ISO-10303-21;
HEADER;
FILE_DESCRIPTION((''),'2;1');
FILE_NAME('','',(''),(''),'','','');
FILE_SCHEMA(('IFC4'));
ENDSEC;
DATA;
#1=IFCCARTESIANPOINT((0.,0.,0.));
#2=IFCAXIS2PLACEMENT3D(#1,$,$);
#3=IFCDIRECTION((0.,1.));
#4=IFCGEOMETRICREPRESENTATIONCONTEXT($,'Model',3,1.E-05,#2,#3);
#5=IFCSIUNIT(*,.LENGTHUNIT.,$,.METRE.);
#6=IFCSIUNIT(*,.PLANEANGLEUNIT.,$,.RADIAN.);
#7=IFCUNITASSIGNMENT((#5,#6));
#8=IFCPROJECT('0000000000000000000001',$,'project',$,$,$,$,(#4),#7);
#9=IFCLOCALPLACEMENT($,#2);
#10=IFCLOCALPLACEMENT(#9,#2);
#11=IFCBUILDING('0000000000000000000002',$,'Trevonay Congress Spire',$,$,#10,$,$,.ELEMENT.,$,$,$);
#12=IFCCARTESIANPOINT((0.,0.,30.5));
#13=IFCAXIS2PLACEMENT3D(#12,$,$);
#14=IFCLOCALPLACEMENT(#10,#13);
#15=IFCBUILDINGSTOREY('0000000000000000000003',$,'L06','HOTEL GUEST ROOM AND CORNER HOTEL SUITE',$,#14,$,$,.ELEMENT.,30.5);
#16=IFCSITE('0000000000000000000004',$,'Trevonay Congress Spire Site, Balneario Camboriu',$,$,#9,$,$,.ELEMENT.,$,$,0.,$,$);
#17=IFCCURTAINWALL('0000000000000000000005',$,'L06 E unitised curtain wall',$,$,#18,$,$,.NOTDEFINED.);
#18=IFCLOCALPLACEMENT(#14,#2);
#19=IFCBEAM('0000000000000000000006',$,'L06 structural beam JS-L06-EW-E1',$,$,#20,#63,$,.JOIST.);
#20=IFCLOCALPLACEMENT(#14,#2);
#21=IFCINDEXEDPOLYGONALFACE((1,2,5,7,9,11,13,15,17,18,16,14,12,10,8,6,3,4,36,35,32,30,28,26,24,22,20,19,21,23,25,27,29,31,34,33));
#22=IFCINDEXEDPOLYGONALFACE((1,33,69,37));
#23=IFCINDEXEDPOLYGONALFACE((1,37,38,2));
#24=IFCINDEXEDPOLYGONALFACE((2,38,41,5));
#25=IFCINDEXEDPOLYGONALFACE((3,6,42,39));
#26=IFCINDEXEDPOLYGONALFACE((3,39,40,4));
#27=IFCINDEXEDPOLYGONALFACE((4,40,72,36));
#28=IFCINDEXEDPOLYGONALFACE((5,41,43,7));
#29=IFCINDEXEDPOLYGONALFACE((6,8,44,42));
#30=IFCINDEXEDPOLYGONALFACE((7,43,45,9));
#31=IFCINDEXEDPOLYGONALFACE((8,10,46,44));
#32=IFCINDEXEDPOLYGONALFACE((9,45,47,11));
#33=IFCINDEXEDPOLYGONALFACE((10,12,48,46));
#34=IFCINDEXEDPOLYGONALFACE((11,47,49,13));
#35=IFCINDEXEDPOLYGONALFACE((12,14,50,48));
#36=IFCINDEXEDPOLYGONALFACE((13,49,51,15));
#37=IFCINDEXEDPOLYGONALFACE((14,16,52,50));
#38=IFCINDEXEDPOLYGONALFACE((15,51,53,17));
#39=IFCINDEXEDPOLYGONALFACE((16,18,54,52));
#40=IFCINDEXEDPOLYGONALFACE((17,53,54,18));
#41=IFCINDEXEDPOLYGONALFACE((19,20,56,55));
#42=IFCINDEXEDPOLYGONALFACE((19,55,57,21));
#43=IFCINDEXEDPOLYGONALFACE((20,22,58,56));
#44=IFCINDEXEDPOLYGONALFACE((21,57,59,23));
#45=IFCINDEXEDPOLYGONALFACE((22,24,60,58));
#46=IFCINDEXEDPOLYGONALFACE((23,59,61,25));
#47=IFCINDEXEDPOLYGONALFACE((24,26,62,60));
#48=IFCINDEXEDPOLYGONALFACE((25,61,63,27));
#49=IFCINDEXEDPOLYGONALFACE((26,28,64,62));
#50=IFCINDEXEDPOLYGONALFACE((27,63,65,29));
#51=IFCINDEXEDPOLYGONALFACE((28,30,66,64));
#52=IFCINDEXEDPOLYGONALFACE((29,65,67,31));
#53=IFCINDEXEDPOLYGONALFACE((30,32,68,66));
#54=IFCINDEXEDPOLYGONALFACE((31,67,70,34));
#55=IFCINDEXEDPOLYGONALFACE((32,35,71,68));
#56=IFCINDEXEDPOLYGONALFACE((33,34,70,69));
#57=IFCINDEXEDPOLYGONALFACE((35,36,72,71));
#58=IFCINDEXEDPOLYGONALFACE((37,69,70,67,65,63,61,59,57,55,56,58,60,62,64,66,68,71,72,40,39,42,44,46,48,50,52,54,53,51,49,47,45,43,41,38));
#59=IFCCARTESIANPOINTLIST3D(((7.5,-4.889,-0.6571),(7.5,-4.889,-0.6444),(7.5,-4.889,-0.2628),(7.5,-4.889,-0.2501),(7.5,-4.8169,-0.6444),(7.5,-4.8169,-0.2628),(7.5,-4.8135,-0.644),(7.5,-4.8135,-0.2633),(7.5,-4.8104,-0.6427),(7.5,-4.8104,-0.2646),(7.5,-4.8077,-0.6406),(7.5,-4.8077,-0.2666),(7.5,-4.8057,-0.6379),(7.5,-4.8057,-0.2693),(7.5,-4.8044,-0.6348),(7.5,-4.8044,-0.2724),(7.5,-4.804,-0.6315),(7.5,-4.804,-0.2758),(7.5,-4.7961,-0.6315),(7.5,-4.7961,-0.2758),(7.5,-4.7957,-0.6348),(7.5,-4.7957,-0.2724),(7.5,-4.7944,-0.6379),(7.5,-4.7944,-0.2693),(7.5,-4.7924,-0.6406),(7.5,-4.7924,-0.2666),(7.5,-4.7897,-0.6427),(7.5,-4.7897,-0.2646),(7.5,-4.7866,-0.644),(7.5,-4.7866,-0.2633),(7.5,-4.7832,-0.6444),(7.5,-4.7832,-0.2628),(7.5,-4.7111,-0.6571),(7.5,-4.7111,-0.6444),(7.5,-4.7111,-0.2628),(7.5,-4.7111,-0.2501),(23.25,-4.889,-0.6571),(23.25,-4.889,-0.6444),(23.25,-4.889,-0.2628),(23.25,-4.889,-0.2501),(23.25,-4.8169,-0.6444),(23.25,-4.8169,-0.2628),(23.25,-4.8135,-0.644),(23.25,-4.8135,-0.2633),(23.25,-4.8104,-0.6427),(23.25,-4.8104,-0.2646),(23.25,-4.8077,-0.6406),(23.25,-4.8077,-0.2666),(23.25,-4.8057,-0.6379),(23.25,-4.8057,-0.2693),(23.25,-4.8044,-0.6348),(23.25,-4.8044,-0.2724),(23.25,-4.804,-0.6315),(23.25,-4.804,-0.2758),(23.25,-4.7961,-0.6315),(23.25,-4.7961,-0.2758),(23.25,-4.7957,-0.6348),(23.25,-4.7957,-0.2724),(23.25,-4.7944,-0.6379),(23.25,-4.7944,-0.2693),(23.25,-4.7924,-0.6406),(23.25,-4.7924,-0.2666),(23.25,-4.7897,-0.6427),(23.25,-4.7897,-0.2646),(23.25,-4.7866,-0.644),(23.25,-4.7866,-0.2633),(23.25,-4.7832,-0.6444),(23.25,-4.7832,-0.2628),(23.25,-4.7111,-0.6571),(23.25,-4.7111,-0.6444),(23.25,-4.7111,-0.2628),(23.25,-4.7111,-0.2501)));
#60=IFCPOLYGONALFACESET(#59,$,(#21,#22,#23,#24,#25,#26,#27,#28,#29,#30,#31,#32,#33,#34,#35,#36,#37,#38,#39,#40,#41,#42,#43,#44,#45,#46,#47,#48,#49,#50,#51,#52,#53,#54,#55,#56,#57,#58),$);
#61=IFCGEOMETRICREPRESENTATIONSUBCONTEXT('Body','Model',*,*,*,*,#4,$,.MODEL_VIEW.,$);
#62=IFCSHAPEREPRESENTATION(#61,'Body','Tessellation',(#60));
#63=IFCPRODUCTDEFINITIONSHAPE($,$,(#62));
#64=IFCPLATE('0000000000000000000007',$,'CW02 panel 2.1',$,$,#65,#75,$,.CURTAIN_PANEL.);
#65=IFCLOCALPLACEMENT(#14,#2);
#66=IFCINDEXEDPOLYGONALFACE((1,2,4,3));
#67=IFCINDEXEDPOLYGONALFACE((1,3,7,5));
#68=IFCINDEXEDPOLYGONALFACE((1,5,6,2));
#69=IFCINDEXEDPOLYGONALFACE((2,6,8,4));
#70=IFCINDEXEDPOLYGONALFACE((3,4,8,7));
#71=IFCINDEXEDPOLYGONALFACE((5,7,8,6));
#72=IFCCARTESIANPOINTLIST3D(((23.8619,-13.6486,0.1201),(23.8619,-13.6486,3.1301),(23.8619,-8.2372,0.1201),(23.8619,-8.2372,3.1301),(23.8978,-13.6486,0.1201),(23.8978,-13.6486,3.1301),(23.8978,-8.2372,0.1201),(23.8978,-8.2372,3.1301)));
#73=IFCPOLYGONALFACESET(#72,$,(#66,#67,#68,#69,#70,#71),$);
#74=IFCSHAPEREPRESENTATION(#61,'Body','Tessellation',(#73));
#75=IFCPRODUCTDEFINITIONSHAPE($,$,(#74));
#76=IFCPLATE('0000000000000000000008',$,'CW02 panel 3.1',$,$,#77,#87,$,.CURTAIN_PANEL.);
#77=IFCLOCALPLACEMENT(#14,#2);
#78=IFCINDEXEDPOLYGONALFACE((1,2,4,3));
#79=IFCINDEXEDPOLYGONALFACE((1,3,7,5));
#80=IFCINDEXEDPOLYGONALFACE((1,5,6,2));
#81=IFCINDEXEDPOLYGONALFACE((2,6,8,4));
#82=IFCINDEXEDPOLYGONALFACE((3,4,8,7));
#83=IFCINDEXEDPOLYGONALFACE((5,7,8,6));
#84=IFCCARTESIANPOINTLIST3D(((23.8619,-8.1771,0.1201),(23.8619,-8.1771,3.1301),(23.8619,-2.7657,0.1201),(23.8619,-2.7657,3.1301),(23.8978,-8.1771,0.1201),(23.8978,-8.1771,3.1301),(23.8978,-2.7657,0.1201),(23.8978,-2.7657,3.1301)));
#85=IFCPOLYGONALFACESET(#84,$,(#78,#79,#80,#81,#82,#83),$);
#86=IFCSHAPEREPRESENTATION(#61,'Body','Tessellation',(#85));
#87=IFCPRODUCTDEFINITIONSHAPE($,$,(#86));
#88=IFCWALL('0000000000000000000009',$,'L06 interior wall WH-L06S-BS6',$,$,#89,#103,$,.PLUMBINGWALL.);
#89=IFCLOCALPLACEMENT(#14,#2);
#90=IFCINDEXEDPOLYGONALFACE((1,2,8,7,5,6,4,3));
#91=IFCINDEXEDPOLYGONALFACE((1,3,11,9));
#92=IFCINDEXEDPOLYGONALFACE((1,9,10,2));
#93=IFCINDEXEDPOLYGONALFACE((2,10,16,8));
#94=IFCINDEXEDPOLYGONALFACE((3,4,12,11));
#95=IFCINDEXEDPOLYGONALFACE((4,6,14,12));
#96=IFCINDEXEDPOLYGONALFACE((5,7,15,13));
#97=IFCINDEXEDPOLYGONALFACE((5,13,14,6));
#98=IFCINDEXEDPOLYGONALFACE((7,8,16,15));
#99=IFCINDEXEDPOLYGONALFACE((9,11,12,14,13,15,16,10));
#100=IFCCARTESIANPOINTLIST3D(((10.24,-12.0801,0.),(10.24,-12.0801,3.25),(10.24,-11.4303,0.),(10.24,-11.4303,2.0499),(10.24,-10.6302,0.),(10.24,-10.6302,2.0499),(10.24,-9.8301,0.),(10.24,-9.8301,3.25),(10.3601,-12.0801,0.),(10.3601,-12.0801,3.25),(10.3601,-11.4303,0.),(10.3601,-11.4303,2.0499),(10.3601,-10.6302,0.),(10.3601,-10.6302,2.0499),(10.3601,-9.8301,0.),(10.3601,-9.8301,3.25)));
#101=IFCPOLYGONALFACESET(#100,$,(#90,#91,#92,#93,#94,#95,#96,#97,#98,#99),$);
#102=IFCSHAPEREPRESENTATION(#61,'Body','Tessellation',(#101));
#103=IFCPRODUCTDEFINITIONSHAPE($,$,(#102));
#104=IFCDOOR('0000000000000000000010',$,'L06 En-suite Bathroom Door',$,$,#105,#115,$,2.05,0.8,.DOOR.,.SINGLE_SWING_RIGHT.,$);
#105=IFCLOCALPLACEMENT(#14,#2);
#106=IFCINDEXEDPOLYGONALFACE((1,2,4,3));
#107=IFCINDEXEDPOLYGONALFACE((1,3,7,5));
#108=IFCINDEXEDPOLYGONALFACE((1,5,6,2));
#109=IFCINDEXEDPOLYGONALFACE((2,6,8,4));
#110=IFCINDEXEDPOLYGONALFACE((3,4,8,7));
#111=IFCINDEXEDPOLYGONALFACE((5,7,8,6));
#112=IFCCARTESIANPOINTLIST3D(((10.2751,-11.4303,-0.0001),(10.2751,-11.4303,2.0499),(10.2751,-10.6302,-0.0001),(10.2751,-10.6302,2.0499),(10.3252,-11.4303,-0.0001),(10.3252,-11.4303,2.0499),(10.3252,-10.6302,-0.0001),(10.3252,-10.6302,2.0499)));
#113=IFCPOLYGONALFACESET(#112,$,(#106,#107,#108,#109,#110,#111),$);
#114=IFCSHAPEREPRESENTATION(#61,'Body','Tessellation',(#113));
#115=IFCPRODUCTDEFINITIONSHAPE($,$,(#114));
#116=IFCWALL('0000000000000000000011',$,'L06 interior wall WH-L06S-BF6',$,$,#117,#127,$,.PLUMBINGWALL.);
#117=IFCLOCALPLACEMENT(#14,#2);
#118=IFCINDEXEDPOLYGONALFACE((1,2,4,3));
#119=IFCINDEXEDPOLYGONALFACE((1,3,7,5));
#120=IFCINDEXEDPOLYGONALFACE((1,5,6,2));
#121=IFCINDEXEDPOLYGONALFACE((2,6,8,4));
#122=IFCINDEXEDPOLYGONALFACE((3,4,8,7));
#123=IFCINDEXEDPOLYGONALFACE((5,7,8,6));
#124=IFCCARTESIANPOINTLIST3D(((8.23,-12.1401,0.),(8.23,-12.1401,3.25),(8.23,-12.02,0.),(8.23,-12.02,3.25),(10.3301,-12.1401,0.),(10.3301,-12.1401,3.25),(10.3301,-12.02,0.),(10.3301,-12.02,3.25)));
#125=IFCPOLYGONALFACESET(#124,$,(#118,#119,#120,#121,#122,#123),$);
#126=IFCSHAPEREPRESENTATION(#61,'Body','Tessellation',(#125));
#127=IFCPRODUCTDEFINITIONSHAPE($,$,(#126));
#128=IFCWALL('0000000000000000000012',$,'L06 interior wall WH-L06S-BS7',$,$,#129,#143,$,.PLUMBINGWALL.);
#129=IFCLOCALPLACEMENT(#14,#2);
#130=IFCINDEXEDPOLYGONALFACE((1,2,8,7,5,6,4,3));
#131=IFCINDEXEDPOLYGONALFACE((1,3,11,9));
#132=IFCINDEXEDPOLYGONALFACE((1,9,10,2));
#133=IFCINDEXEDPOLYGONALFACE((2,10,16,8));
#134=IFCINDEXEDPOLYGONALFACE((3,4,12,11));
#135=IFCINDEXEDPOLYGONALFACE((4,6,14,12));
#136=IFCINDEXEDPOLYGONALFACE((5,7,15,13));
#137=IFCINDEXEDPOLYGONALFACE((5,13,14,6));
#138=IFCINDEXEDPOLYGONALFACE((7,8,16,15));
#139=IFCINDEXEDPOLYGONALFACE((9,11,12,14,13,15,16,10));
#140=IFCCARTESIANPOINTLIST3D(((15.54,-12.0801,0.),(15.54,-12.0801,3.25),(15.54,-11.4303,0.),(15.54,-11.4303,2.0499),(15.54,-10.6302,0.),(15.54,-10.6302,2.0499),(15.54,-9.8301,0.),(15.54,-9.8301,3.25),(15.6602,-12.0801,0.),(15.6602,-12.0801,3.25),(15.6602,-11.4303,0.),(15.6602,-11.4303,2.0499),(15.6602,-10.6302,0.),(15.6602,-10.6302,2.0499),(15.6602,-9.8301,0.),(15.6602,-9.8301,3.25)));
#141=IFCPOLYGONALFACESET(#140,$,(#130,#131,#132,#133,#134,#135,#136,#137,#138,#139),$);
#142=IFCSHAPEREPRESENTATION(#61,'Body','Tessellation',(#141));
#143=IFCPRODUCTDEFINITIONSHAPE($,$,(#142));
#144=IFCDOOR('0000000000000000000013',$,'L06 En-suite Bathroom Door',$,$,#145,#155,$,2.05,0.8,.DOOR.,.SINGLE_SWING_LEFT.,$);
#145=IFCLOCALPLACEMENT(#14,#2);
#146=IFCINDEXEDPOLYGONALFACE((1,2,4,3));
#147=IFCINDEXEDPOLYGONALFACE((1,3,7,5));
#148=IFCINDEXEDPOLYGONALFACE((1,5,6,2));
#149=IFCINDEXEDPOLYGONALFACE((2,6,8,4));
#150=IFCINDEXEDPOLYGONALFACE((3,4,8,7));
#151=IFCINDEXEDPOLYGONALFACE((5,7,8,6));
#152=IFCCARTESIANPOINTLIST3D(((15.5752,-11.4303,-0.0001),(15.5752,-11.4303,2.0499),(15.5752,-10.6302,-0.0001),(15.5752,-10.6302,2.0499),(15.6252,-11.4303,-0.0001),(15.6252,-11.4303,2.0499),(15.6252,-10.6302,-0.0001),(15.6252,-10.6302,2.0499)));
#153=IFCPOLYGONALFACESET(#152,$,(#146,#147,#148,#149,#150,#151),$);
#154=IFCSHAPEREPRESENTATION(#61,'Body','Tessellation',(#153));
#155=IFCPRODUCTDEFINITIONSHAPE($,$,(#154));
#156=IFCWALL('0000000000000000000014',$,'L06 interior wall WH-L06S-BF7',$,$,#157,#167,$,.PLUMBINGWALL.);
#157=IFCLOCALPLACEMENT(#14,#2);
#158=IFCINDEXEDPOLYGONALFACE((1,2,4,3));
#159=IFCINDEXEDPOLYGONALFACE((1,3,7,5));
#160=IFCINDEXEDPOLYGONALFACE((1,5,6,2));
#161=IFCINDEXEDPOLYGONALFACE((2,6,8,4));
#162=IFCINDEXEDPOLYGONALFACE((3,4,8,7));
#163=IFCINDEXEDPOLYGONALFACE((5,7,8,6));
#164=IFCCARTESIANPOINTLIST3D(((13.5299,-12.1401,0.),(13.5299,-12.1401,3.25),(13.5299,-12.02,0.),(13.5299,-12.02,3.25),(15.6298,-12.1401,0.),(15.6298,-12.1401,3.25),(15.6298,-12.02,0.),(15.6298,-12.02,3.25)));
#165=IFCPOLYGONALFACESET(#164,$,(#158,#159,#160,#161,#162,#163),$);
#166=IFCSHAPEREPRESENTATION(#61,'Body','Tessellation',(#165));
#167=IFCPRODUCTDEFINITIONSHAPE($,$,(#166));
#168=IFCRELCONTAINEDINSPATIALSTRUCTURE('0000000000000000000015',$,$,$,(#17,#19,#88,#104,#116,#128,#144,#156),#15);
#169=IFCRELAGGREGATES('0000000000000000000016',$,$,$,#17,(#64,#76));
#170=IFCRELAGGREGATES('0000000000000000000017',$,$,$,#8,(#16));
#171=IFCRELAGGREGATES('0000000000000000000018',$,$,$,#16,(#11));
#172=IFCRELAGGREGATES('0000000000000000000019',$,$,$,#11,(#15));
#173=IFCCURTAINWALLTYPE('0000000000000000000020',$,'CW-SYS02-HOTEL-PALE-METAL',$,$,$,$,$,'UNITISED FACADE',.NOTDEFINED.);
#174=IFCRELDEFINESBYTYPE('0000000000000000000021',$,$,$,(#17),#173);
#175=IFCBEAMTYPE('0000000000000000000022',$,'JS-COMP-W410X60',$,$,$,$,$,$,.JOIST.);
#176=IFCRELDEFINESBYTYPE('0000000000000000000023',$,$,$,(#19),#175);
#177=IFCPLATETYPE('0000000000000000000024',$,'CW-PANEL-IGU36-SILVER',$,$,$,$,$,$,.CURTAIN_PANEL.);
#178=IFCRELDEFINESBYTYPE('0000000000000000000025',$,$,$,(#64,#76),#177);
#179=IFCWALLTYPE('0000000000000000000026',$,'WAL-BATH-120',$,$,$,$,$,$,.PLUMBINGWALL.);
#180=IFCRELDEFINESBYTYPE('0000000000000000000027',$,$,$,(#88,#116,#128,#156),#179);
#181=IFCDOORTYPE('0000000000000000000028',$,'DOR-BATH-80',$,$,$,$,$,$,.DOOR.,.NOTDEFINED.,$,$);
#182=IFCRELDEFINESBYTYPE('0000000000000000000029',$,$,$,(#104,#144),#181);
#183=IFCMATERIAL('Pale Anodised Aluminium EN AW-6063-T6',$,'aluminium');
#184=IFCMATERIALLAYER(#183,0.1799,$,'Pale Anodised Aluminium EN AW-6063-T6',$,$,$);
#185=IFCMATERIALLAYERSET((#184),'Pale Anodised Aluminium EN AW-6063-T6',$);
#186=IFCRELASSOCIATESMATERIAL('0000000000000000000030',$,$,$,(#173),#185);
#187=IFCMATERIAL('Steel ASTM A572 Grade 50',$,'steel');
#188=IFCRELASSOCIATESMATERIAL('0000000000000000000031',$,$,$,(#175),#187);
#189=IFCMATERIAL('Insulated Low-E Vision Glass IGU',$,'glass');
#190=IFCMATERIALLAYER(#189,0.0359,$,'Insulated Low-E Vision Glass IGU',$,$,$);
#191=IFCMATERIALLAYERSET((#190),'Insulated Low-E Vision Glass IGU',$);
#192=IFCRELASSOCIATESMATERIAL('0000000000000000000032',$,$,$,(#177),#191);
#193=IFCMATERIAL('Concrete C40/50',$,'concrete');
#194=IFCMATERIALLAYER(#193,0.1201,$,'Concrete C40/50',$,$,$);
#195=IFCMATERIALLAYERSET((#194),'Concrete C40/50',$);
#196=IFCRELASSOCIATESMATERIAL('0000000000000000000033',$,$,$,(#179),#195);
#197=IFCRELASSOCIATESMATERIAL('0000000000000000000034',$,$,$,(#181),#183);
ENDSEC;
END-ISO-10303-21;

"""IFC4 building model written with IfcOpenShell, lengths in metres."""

from ifc_helpers import new_model, si_unit, direction, frame, frame_2d, origin, origin_2d, place, context, subcontext, project, spatial, rectangle, i_section, extrude, material, layer, layer_set, material_profile, profile_set, type_object, element, fill, aggregate, save


model = new_model("IFC4")

# Units and contexts
model_context = context("Model", 3, precision=1e-05, world=origin(), true_north=direction((0.0, 1.0)))
body_context = subcontext(model_context, "Body", "Model", "MODEL_VIEW")
ifc_project = project(units=[si_unit("LENGTHUNIT", "METRE"), si_unit("PLANEANGLEUNIT", "RADIAN")], contexts=[model_context])

# Site, building, storey
site_placement = place(None, origin())
site = spatial("IfcSite", under=ifc_project, at=site_placement, Name="Trevonay Congress Spire Site, Balneario Camboriu", CompositionType="ELEMENT", RefElevation=0.0)
building_placement = place(site_placement, origin())
building = spatial("IfcBuilding", under=site, at=building_placement, Name="Trevonay Congress Spire", CompositionType="ELEMENT")
storey_placement = place(building_placement, frame((0.0, 0.0, 30.5)))
storey = spatial("IfcBuildingStorey", under=building, at=storey_placement, Name="L06", Description="HOTEL GUEST ROOM AND CORNER HOTEL SUITE", CompositionType="ELEMENT", Elevation=30.5)

# Shared definitions
ifc_material_1 = material(Name="Steel ASTM A572 Grade 50", Category="steel")

# Curtain wall
ifc_material_2 = material(Name="Pale Anodised Aluminium EN AW-6063-T6", Category="aluminium")
ifc_layer_1 = layer(ifc_material_2, 0.1799, Name="Pale Anodised Aluminium EN AW-6063-T6")
ifc_layer_set_1 = layer_set([ifc_layer_1], Name="Pale Anodised Aluminium EN AW-6063-T6")
curtain_wall_type = type_object("IfcCurtainWallType", Name="CW-SYS02-HOTEL-PALE-METAL", ElementType="UNITISED FACADE", PredefinedType="NOTDEFINED", material=ifc_layer_set_1)
curtain_wall_placement = place(storey_placement, origin())
curtain_wall = element("IfcCurtainWall", 1, at=curtain_wall_placement, inside=storey, type_object=curtain_wall_type, Name="L06 E unitised curtain wall", PredefinedType="NOTDEFINED")

# Beam
ifc_material_profile_1 = material_profile(ifc_material_1, i_section(OverallWidth=0.178, OverallDepth=0.407, WebThickness=0.0078, FlangeThickness=0.0127, FilletRadius=0.0129, at=origin_2d()), Name="W410x60")
ifc_profile_set_1 = profile_set([ifc_material_profile_1], Name="Steel ASTM A572 Grade 50")
beam_type_1 = type_object("IfcBeamType", Name="JS-COMP-W410X60", PredefinedType="JOIST", material=ifc_profile_set_1)
beam_1_placement = place(storey_placement, frame((7.5, -4.8, -0.4536), z_axis=(1.0, 0.0, 0.0), x_axis=(0.0, 1.0, 0.0)))
element("IfcBeam", 2, at=beam_1_placement, inside=storey, type_object=beam_type_1, Name="L06 structural beam JS-L06-EW-E1", PredefinedType="JOIST", context=body_context, shape_type="SweptSolid", body=[
    extrude(i_section(OverallWidth=0.178, OverallDepth=0.407, WebThickness=0.0078, FlangeThickness=0.0127, FilletRadius=0.0129, at=origin_2d()), origin(), (0.0, 0.0, 1.0), 15.75),
])

# Plates
ifc_material_3 = material(Name="Insulated Low-E Vision Glass IGU", Category="glass")
ifc_layer_2 = layer(ifc_material_3, 0.0359, Name="Insulated Low-E Vision Glass IGU")
ifc_layer_set_2 = layer_set([ifc_layer_2], Name="Insulated Low-E Vision Glass IGU")
plate_type = type_object("IfcPlateType", Name="CW-PANEL-IGU36-SILVER", PredefinedType="CURTAIN_PANEL", material=ifc_layer_set_2)
plate_1_placement = place(storey_placement, frame((23.8799, -10.9429, 0.1201), z_axis=(0.0, 0.0, 1.0), x_axis=(0.0, 1.0, 0.0)))
plate_1 = element("IfcPlate", 3, at=plate_1_placement, type_object=plate_type, Name="CW02 panel 2.1", PredefinedType="CURTAIN_PANEL", context=body_context, shape_type="SweptSolid", body=[
    extrude(rectangle(XDim=5.4114, YDim=0.0359, at=origin_2d()), origin(), (0.0, 0.0, 1.0), 3.01),
])
plate_2_placement = place(storey_placement, frame((23.8799, -5.4714, 0.1201), z_axis=(0.0, 0.0, 1.0), x_axis=(0.0, 1.0, 0.0)))
plate_2 = element("IfcPlate", 4, at=plate_2_placement, type_object=plate_type, Name="CW02 panel 3.1", PredefinedType="CURTAIN_PANEL", context=body_context, shape_type="SweptSolid", body=[
    extrude(rectangle(XDim=5.4114, YDim=0.0359, at=origin_2d()), origin(), (0.0, 0.0, 1.0), 3.01),
])
aggregate(curtain_wall, [plate_1, plate_2])

# Wall, opening, door
ifc_material_4 = material(Name="Concrete C40/50", Category="concrete")
ifc_layer_3 = layer(ifc_material_4, 0.1201, Name="Concrete C40/50")
ifc_layer_set_3 = layer_set([ifc_layer_3], Name="Concrete C40/50")
wall_type_1 = type_object("IfcWallType", Name="WAL-BATH-120", PredefinedType="PLUMBINGWALL", material=ifc_layer_set_3)
wall_1_placement = place(storey_placement, frame((10.3, -12.0801, 0.0), z_axis=(0.0, 0.0, 1.0), x_axis=(0.0, 1.0, 0.0)))
wall_1 = element("IfcWall", 5, at=wall_1_placement, inside=storey, type_object=wall_type_1, Name="L06 interior wall WH-L06S-BS6", PredefinedType="PLUMBINGWALL", context=body_context, shape_type="SweptSolid", body=[
    extrude(rectangle(XDim=2.25, YDim=0.1201, at=frame_2d((1.125, 0.0))), origin(), (0.0, 0.0, 1.0), 3.25),
])
opening_1_placement = place(wall_1_placement, frame((0.6499, 0.0, 0.0)))
opening_1 = element("IfcOpeningElement", 6, at=opening_1_placement, cuts=wall_1, PredefinedType="OPENING", context=body_context, shape_type="SweptSolid", body=[
    extrude(rectangle(XDim=0.8, YDim=2.05, at=frame_2d((0.3999, 1.0249))), frame((0.0, 0.0701, 0.0), z_axis=(0.0, -1.0, 0.0), x_axis=(1.0, 0.0, 0.0)), (0.0, 0.0, 1.0), 0.1401),
])
door_type_1 = type_object("IfcDoorType", Name="DOR-BATH-80", OperationType="NOTDEFINED", PredefinedType="DOOR", material=ifc_material_2)
door_1_placement = place(opening_1_placement, origin())
door_1 = element("IfcDoor", 7, at=door_1_placement, inside=storey, type_object=door_type_1, Name="L06 En-suite Bathroom Door", OperationType="SINGLE_SWING_RIGHT", OverallHeight=2.05, OverallWidth=0.8, PredefinedType="DOOR", context=body_context, shape_type="SweptSolid", body=[
    extrude(rectangle(XDim=0.8, YDim=2.05, at=frame_2d((0.3999, 1.0249))), frame((0.0, 0.0249, 0.0), z_axis=(0.0, -1.0, 0.0), x_axis=(1.0, 0.0, 0.0)), (0.0, 0.0, 1.0), 0.05),
])
fill(opening_1, door_1)

# Wall
wall_2_placement = place(storey_placement, frame((8.23, -12.0801, 0.0), z_axis=(0.0, 0.0, 1.0), x_axis=(1.0, 0.0, 0.0)))
element("IfcWall", 8, at=wall_2_placement, inside=storey, type_object=wall_type_1, Name="L06 interior wall WH-L06S-BF6", PredefinedType="PLUMBINGWALL", context=body_context, shape_type="SweptSolid", body=[
    extrude(rectangle(XDim=2.1001, YDim=0.1201, at=frame_2d((1.05, 0.0))), origin(), (0.0, 0.0, 1.0), 3.25),
])

# Wall, opening, door
wall_3_placement = place(storey_placement, frame((15.6001, -12.0801, 0.0), z_axis=(0.0, 0.0, 1.0), x_axis=(0.0, 1.0, 0.0)))
wall_3 = element("IfcWall", 9, at=wall_3_placement, inside=storey, type_object=wall_type_1, Name="L06 interior wall WH-L06S-BS7", PredefinedType="PLUMBINGWALL", context=body_context, shape_type="SweptSolid", body=[
    extrude(rectangle(XDim=2.25, YDim=0.1201, at=frame_2d((1.125, 0.0))), origin(), (0.0, 0.0, 1.0), 3.25),
])
opening_2_placement = place(wall_3_placement, frame((0.6499, 0.0, 0.0)))
opening_2 = element("IfcOpeningElement", 10, at=opening_2_placement, cuts=wall_3, PredefinedType="OPENING", context=body_context, shape_type="SweptSolid", body=[
    extrude(rectangle(XDim=0.8, YDim=2.05, at=frame_2d((0.3999, 1.0249))), frame((0.0, 0.0701, 0.0), z_axis=(0.0, -1.0, 0.0), x_axis=(1.0, 0.0, 0.0)), (0.0, 0.0, 1.0), 0.1401),
])
door_2_placement = place(opening_2_placement, origin())
door_2 = element("IfcDoor", 11, at=door_2_placement, inside=storey, type_object=door_type_1, Name="L06 En-suite Bathroom Door", OperationType="SINGLE_SWING_LEFT", OverallHeight=2.05, OverallWidth=0.8, PredefinedType="DOOR", context=body_context, shape_type="SweptSolid", body=[
    extrude(rectangle(XDim=0.8, YDim=2.05, at=frame_2d((0.3999, 1.0249))), frame((0.0, 0.0249, 0.0), z_axis=(0.0, -1.0, 0.0), x_axis=(1.0, 0.0, 0.0)), (0.0, 0.0, 1.0), 0.05),
])
fill(opening_2, door_2)

# Wall
wall_4_placement = place(storey_placement, frame((13.53, -12.0801, 0.0), z_axis=(0.0, 0.0, 1.0), x_axis=(1.0, 0.0, 0.0)))
element("IfcWall", 12, at=wall_4_placement, inside=storey, type_object=wall_type_1, Name="L06 interior wall WH-L06S-BF7", PredefinedType="PLUMBINGWALL", context=body_context, shape_type="SweptSolid", body=[
    extrude(rectangle(XDim=2.0999, YDim=0.1201, at=frame_2d((1.0498, 0.0))), origin(), (0.0, 0.0, 1.0), 3.25),
])

save(model, "model.ifc")
